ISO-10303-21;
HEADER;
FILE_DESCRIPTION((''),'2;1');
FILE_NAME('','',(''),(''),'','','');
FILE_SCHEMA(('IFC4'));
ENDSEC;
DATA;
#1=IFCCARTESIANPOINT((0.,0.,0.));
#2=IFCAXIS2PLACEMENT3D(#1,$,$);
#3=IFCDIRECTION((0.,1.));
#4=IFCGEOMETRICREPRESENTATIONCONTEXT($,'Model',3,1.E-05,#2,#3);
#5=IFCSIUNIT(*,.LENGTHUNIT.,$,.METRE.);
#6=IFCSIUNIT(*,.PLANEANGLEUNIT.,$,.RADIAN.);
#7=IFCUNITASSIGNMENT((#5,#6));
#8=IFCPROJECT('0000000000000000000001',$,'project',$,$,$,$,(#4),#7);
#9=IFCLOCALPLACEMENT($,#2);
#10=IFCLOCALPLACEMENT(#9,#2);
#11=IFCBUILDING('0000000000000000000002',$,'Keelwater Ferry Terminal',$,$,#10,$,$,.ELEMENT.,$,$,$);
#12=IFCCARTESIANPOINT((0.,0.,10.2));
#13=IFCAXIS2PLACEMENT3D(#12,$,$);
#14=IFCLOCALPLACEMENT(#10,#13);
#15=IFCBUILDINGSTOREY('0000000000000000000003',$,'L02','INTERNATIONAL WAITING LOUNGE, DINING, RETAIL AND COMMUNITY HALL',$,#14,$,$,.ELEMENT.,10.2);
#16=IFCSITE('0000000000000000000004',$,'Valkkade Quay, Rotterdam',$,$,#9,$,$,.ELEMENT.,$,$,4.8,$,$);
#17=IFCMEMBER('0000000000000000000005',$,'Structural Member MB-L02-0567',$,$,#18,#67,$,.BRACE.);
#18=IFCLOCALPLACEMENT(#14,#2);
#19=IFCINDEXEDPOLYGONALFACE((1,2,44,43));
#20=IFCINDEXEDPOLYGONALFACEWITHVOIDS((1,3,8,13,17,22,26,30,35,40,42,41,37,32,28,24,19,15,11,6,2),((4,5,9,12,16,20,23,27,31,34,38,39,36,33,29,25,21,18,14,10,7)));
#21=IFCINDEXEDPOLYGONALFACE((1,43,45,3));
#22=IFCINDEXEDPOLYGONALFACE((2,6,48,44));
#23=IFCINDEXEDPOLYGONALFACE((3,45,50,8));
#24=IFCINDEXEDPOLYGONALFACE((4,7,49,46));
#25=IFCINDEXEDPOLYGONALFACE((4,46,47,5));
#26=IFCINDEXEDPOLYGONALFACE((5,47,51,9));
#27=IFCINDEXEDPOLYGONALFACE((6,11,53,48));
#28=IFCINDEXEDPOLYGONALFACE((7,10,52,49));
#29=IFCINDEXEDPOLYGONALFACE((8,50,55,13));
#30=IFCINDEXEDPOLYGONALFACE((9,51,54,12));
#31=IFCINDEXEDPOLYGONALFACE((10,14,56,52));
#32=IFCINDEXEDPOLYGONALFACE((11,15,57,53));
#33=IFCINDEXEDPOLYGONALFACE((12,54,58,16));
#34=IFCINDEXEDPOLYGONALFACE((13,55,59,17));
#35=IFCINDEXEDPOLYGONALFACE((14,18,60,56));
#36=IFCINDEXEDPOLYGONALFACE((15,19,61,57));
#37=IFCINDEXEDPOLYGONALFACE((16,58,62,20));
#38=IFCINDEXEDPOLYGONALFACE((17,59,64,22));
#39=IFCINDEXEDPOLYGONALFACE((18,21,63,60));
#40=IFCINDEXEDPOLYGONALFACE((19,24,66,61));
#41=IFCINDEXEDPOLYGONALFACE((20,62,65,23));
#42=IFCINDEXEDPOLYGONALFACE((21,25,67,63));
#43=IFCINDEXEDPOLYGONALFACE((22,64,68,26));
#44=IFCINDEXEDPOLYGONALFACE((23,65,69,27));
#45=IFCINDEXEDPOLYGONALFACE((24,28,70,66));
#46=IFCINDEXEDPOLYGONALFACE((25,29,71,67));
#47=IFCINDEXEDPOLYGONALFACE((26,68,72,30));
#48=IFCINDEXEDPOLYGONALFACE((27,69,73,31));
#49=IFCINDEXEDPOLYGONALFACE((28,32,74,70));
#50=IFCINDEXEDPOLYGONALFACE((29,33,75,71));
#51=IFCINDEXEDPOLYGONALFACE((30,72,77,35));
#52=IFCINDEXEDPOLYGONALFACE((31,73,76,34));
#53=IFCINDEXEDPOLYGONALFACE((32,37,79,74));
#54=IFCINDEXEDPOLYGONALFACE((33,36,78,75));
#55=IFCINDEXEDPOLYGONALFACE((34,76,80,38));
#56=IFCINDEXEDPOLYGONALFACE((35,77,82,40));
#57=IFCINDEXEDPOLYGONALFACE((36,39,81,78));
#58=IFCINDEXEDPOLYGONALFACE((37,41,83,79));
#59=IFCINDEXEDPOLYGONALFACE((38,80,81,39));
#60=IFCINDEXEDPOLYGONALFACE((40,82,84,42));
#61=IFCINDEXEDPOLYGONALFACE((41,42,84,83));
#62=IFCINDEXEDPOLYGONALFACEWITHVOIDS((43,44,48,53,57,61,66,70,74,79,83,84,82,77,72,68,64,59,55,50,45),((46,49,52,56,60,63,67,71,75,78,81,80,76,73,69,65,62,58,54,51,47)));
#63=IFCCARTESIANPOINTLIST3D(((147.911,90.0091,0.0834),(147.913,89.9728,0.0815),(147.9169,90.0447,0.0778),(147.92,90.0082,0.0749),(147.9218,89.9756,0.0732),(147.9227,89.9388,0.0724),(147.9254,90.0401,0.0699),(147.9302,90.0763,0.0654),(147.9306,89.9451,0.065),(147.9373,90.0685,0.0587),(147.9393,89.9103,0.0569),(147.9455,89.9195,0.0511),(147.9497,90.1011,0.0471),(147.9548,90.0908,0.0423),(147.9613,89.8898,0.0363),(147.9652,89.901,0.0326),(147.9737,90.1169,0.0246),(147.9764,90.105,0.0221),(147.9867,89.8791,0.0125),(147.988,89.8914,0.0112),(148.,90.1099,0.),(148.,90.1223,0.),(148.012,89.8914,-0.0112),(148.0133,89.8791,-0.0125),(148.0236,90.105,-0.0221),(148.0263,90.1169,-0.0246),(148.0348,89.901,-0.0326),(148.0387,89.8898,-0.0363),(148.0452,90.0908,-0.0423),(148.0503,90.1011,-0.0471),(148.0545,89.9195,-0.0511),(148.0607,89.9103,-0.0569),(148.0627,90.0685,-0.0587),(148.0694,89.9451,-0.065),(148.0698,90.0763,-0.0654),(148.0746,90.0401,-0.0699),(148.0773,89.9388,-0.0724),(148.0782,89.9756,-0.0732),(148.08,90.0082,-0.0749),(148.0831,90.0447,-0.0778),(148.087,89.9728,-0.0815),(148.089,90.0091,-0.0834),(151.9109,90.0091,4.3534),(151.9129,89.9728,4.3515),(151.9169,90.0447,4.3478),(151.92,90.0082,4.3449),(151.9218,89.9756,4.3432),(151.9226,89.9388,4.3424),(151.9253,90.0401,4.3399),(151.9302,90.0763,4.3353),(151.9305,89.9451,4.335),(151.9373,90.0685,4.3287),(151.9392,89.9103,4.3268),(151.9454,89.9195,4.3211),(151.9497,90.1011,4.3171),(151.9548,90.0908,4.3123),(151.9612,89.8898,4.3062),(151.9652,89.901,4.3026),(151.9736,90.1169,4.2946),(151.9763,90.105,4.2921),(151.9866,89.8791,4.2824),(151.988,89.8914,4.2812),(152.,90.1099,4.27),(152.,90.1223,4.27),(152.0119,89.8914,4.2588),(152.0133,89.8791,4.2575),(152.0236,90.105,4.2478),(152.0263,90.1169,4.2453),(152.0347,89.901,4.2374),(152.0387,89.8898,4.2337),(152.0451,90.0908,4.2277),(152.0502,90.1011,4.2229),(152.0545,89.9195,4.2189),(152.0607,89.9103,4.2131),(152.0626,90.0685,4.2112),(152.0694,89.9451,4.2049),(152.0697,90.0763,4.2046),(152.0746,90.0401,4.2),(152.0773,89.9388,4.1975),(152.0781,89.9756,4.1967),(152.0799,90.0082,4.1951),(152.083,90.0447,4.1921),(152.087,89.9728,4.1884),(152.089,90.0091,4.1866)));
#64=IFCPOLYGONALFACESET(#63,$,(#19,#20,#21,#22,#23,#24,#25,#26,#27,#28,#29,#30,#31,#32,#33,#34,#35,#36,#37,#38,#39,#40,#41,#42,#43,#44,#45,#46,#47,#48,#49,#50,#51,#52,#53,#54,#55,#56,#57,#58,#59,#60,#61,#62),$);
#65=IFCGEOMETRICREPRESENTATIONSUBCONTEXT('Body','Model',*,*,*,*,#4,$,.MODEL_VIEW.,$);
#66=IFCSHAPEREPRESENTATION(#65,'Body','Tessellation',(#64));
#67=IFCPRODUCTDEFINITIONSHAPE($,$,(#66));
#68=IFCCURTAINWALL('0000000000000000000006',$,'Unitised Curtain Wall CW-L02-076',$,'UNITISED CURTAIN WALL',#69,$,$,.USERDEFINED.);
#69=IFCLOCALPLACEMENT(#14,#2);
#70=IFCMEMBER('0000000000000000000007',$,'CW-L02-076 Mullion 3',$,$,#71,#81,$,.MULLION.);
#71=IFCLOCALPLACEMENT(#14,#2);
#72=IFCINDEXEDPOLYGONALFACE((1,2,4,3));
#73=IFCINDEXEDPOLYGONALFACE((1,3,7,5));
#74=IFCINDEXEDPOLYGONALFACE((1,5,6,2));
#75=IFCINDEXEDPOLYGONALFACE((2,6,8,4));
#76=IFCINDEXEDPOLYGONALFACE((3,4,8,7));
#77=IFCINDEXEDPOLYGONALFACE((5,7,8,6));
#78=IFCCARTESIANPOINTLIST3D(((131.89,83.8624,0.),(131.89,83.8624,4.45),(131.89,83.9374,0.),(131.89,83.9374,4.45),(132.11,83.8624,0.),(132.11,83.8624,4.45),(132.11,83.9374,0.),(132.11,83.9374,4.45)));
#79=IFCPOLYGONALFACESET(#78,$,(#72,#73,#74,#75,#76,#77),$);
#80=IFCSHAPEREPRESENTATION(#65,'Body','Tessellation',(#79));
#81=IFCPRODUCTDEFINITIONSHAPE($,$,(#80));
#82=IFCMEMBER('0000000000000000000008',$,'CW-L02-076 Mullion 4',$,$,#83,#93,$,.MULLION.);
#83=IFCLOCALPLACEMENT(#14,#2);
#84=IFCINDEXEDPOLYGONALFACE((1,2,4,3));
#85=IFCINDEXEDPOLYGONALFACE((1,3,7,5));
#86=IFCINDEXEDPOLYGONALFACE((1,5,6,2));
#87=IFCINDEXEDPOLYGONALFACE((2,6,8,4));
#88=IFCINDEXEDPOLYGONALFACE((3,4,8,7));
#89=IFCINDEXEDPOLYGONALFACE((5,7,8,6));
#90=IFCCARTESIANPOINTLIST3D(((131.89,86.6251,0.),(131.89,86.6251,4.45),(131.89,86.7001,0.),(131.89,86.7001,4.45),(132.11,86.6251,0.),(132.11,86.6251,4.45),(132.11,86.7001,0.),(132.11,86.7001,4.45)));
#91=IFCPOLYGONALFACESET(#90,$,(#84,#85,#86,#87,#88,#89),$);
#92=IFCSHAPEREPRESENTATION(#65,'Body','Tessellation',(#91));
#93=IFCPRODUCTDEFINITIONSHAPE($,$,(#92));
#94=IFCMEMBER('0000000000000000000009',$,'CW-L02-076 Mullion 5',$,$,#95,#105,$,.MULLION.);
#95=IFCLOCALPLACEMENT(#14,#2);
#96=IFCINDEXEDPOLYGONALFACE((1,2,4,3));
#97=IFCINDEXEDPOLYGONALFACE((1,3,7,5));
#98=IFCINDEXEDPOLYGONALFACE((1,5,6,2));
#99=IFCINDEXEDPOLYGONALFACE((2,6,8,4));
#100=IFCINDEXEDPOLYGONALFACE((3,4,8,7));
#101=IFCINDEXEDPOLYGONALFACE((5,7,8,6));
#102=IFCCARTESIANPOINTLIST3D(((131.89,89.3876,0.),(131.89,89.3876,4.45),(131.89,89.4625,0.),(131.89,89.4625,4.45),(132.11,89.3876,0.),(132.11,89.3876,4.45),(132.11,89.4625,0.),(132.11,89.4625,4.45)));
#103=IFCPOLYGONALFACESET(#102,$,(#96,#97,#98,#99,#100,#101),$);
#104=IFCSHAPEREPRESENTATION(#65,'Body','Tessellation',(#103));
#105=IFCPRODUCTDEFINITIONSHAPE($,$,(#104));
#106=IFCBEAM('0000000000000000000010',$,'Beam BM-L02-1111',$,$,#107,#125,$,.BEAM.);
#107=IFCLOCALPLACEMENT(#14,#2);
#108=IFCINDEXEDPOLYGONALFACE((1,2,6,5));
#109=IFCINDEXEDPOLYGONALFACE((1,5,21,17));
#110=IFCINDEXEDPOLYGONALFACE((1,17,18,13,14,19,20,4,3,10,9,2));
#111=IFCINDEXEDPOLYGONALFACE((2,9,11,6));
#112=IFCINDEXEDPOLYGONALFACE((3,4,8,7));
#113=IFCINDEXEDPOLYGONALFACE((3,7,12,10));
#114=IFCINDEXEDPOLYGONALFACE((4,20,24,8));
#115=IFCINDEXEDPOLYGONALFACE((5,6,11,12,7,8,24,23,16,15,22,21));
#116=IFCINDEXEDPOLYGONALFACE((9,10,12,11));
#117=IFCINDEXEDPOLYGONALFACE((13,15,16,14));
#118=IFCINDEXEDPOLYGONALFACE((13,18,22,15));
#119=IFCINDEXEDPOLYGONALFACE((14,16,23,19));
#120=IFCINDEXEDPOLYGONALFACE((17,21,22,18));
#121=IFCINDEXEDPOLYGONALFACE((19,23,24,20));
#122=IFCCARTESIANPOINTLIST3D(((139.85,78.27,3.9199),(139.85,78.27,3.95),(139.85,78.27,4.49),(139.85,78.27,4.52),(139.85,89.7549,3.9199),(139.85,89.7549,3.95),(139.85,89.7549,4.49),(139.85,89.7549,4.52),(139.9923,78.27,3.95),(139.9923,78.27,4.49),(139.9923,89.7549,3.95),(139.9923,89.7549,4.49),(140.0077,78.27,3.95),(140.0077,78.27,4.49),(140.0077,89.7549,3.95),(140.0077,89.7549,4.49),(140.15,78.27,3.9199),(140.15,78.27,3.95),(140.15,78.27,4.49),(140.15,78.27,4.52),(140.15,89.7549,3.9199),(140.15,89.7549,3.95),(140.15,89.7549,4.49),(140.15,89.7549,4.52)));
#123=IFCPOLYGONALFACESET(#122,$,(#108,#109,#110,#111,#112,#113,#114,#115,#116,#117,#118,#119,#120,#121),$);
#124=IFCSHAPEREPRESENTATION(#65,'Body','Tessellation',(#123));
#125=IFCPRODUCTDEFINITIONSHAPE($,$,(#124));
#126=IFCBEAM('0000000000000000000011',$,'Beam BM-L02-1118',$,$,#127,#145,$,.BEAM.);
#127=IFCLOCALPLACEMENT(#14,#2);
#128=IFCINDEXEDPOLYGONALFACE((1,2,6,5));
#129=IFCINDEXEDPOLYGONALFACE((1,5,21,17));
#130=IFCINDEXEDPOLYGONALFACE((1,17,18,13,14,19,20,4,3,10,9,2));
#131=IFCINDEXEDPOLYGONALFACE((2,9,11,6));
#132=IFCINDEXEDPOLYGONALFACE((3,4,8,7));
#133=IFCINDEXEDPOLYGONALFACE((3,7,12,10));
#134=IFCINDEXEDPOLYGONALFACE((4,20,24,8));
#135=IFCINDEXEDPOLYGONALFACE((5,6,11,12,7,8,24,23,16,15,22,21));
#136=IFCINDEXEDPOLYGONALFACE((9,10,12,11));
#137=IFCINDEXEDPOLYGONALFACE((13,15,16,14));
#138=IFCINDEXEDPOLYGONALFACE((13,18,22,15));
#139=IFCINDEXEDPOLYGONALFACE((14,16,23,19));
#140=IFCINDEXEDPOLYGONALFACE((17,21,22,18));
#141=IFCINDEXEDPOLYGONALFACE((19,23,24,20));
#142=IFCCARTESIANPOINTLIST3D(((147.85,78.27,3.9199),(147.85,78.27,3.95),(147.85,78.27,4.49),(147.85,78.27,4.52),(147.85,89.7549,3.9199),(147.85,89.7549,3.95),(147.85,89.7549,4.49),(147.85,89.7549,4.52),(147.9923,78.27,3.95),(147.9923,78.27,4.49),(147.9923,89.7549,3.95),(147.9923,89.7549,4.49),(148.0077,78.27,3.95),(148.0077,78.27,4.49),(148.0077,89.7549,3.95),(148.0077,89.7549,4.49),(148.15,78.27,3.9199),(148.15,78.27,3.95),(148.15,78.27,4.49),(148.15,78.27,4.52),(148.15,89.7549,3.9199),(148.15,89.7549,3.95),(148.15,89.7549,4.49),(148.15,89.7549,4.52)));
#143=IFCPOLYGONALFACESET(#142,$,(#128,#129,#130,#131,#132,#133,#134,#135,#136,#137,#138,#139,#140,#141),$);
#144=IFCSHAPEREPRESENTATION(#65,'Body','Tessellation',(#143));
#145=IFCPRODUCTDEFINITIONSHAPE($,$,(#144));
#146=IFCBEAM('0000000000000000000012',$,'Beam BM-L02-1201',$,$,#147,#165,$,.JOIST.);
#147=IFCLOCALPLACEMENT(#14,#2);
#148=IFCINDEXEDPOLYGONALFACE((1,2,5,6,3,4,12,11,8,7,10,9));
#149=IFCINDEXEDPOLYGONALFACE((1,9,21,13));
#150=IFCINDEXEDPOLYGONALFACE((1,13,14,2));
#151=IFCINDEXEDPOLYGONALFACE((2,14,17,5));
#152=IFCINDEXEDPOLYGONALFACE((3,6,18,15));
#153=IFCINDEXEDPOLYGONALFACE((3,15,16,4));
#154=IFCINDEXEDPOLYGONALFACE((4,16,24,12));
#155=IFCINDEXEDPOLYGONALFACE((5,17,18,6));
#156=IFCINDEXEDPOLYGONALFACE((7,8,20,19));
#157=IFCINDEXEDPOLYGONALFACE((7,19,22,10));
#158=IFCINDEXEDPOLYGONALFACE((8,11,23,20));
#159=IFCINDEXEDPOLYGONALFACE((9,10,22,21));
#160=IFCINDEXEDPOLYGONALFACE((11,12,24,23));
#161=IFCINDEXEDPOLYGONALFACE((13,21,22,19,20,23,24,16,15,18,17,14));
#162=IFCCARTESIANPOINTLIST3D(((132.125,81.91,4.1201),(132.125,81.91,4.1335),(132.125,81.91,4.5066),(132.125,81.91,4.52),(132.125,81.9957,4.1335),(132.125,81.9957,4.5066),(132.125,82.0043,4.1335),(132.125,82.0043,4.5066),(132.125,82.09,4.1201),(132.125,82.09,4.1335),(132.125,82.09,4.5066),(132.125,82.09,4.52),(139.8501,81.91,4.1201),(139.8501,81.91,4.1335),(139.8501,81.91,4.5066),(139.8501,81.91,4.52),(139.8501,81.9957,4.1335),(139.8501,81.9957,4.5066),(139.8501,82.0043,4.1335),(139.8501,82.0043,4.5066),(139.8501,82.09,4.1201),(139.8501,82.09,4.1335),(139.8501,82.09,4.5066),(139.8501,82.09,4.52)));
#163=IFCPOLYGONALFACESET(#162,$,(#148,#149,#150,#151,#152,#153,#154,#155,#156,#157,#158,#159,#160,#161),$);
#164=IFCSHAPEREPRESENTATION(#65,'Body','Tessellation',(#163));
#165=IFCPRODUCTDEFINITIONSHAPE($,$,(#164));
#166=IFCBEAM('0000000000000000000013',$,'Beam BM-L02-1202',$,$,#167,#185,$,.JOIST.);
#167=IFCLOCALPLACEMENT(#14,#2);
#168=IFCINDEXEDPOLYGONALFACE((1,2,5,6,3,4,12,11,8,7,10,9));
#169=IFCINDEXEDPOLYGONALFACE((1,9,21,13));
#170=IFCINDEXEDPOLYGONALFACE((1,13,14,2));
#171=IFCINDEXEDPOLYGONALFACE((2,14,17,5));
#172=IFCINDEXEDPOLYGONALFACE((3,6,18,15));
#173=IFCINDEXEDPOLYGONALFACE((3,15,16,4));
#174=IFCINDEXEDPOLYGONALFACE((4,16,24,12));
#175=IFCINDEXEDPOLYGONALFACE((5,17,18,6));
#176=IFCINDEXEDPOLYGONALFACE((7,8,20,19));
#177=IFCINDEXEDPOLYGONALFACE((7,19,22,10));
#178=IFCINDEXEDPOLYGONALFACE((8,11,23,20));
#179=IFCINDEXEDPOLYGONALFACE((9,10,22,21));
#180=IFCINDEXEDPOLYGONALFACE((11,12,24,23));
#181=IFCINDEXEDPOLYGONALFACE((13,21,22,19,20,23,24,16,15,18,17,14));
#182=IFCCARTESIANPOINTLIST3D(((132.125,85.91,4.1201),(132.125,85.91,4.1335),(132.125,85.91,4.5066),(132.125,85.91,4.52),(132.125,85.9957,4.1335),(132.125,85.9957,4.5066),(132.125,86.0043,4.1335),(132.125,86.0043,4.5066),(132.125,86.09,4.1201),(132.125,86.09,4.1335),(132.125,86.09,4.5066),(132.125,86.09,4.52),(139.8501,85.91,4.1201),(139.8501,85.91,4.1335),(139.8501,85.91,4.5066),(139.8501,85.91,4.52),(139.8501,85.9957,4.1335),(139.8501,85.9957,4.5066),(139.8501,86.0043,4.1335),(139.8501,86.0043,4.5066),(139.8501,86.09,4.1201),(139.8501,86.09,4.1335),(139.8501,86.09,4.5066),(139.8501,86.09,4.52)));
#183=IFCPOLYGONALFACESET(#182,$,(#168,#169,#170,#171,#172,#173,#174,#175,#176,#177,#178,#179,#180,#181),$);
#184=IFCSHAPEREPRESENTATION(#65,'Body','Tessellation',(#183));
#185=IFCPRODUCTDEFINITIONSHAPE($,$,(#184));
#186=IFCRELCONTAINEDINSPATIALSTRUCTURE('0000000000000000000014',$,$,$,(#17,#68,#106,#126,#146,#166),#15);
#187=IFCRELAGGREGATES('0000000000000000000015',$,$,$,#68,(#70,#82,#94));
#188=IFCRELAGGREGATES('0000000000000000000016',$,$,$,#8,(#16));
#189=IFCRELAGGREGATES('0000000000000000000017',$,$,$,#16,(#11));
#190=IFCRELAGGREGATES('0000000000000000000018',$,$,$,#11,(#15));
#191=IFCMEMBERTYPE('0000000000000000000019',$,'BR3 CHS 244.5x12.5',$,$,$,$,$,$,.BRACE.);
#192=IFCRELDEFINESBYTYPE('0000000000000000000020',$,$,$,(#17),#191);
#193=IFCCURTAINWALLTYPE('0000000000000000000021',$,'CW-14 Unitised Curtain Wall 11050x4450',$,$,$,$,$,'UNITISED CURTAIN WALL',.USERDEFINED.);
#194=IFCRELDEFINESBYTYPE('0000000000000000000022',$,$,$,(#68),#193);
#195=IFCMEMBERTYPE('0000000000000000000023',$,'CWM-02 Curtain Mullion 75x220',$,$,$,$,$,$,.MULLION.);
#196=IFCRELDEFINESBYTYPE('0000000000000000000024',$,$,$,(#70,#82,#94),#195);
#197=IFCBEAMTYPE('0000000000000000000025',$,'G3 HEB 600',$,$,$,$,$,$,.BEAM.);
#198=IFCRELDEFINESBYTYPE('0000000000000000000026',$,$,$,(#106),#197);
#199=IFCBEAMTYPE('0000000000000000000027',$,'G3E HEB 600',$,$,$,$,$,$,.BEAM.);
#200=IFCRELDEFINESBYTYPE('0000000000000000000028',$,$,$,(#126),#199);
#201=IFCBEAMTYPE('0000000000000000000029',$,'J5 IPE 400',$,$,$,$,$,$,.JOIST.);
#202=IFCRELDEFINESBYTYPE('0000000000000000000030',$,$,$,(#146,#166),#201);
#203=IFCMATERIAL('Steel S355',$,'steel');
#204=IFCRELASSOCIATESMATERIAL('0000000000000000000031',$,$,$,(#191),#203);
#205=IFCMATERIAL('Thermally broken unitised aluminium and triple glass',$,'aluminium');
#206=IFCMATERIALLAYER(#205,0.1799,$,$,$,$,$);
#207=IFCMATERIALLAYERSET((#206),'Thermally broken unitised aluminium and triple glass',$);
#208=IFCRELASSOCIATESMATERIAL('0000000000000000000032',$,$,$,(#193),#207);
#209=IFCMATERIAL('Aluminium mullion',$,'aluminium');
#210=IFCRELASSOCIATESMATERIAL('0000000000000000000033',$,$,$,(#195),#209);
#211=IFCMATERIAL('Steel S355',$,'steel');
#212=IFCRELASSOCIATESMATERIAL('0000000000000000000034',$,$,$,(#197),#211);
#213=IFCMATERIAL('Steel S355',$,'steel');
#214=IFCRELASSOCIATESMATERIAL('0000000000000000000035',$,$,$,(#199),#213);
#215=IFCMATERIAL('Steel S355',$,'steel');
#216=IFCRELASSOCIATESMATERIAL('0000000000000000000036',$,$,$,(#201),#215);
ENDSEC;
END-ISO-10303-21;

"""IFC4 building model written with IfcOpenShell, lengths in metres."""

from ifc_helpers import new_model, si_unit, direction, frame, origin, origin_2d, place, context, subcontext, project, spatial, rectangle, hollow_circle, i_section, extrude, material, layer, layer_set, material_profile, profile_set, type_object, element, aggregate, save


model = new_model("IFC4")

# Units and contexts
model_context = context("Model", 3, precision=1e-05, world=origin(), true_north=direction((0.0, 1.0)))
body_context = subcontext(model_context, "Body", "Model", "MODEL_VIEW")
ifc_project = project(units=[si_unit("LENGTHUNIT", "METRE"), si_unit("PLANEANGLEUNIT", "RADIAN")], contexts=[model_context])

# Site, building, storey
site_placement = place(None, origin())
site = spatial("IfcSite", under=ifc_project, at=site_placement, Name="Valkkade Quay, Rotterdam", CompositionType="ELEMENT", RefElevation=4.8)
building_placement = place(site_placement, origin())
building = spatial("IfcBuilding", under=site, at=building_placement, Name="Keelwater Ferry Terminal", CompositionType="ELEMENT")
storey_placement = place(building_placement, frame((0.0, 0.0, 10.2)))
storey = spatial("IfcBuildingStorey", under=building, at=storey_placement, Name="L02", Description="INTERNATIONAL WAITING LOUNGE, DINING, RETAIL AND COMMUNITY HALL", CompositionType="ELEMENT", Elevation=10.2)

# Member
ifc_material_1 = material(Name="Steel S355", Category="steel")
ifc_material_profile_1 = material_profile(ifc_material_1, hollow_circle(Radius=0.1223, WallThickness=0.0125, at=origin_2d()), Name="CHS 244.5x12.5")
ifc_profile_set_1 = profile_set([ifc_material_profile_1], Name="Steel S355")
member_type_1 = type_object("IfcMemberType", Name="BR3 CHS 244.5x12.5", PredefinedType="BRACE", material=ifc_profile_set_1)
member_1_placement = place(storey_placement, frame((148.0, 90.0, 0.0), z_axis=(0.683655, 0.0, 0.729805), x_axis=(0.0, 1.0, 0.0)))
element("IfcMember", 1, at=member_1_placement, inside=storey, type_object=member_type_1, Name="Structural Member MB-L02-0567", PredefinedType="BRACE", context=body_context, shape_type="SweptSolid", body=[
    extrude(hollow_circle(Radius=0.1223, WallThickness=0.0125, at=origin_2d()), origin(), (0.0, 0.0, 1.0), 5.8508),
])

# Curtain wall, members
ifc_material_2 = material(Name="Thermally broken unitised aluminium and triple glass", Category="aluminium")
ifc_layer_1 = layer(ifc_material_2, 0.1799)
ifc_layer_set_1 = layer_set([ifc_layer_1], Name="Thermally broken unitised aluminium and triple glass")
curtain_wall_type = type_object("IfcCurtainWallType", Name="CW-14 Unitised Curtain Wall 11050x4450", ElementType="UNITISED CURTAIN WALL", PredefinedType="USERDEFINED", material=ifc_layer_set_1)
curtain_wall_placement = place(storey_placement, origin())
curtain_wall = element("IfcCurtainWall", 2, at=curtain_wall_placement, inside=storey, type_object=curtain_wall_type, Name="Unitised Curtain Wall CW-L02-076", ObjectType="UNITISED CURTAIN WALL", PredefinedType="USERDEFINED")
ifc_material_3 = material(Name="Aluminium mullion", Category="aluminium")
ifc_material_profile_2 = material_profile(ifc_material_3, rectangle(XDim=0.075, YDim=0.22, at=origin_2d()), Name="CWM-02")
ifc_profile_set_2 = profile_set([ifc_material_profile_2], Name="Aluminium mullion")
member_type_2 = type_object("IfcMemberType", Name="CWM-02 Curtain Mullion 75x220", PredefinedType="MULLION", material=ifc_profile_set_2)
member_2_placement = place(storey_placement, frame((132.0, 83.8999, 0.0), z_axis=(0.0, 0.0, 1.0), x_axis=(0.0, 1.0, 0.0)))
member_2 = element("IfcMember", 3, at=member_2_placement, type_object=member_type_2, Name="CW-L02-076 Mullion 3", PredefinedType="MULLION", context=body_context, shape_type="SweptSolid", body=[
    extrude(rectangle(XDim=0.075, YDim=0.22, at=origin_2d()), origin(), (0.0, 0.0, 1.0), 4.45),
])
member_3_placement = place(storey_placement, frame((132.0, 86.6626, 0.0), z_axis=(0.0, 0.0, 1.0), x_axis=(0.0, 1.0, 0.0)))
member_3 = element("IfcMember", 4, at=member_3_placement, type_object=member_type_2, Name="CW-L02-076 Mullion 4", PredefinedType="MULLION", context=body_context, shape_type="SweptSolid", body=[
    extrude(rectangle(XDim=0.075, YDim=0.22, at=origin_2d()), origin(), (0.0, 0.0, 1.0), 4.45),
])
member_4_placement = place(storey_placement, frame((132.0, 89.425, 0.0), z_axis=(0.0, 0.0, 1.0), x_axis=(0.0, 1.0, 0.0)))
member_4 = element("IfcMember", 5, at=member_4_placement, type_object=member_type_2, Name="CW-L02-076 Mullion 5", PredefinedType="MULLION", context=body_context, shape_type="SweptSolid", body=[
    extrude(rectangle(XDim=0.075, YDim=0.22, at=origin_2d()), origin(), (0.0, 0.0, 1.0), 4.45),
])

# Beams
ifc_material_4 = material(Name="Steel S355", Category="steel")
ifc_material_profile_3 = material_profile(ifc_material_4, i_section(OverallWidth=0.3, OverallDepth=0.6001, WebThickness=0.0154, FlangeThickness=0.03, at=origin_2d()), Name="HEB 600")
ifc_profile_set_3 = profile_set([ifc_material_profile_3], Name="Steel S355")
beam_type_1 = type_object("IfcBeamType", Name="G3 HEB 600", PredefinedType="BEAM", material=ifc_profile_set_3)
beam_1_placement = place(storey_placement, frame((140.0, 78.27, 4.22), z_axis=(0.0, 1.0, 0.0), x_axis=(-1.0, 0.0, 0.0)))
element("IfcBeam", 6, at=beam_1_placement, inside=storey, type_object=beam_type_1, Name="Beam BM-L02-1111", PredefinedType="BEAM", context=body_context, shape_type="SweptSolid", body=[
    extrude(i_section(OverallWidth=0.3, OverallDepth=0.6001, WebThickness=0.0154, FlangeThickness=0.03, at=origin_2d()), origin(), (0.0, 0.0, 1.0), 11.4849),
])
ifc_material_5 = material(Name="Steel S355", Category="steel")
ifc_material_profile_4 = material_profile(ifc_material_5, i_section(OverallWidth=0.3, OverallDepth=0.6001, WebThickness=0.0154, FlangeThickness=0.03, at=origin_2d()), Name="HEB 600")
ifc_profile_set_4 = profile_set([ifc_material_profile_4], Name="Steel S355")
beam_type_2 = type_object("IfcBeamType", Name="G3E HEB 600", PredefinedType="BEAM", material=ifc_profile_set_4)
beam_2_placement = place(storey_placement, frame((148.0, 78.27, 4.22), z_axis=(0.0, 1.0, 0.0), x_axis=(-1.0, 0.0, 0.0)))
element("IfcBeam", 7, at=beam_2_placement, inside=storey, type_object=beam_type_2, Name="Beam BM-L02-1118", PredefinedType="BEAM", context=body_context, shape_type="SweptSolid", body=[
    extrude(i_section(OverallWidth=0.3, OverallDepth=0.6001, WebThickness=0.0154, FlangeThickness=0.03, at=origin_2d()), origin(), (0.0, 0.0, 1.0), 11.4849),
])
ifc_material_6 = material(Name="Steel S355", Category="steel")
ifc_material_profile_5 = material_profile(ifc_material_6, i_section(OverallWidth=0.1799, OverallDepth=0.3999, WebThickness=0.0085, FlangeThickness=0.0134, at=origin_2d()), Name="IPE 400")
ifc_profile_set_5 = profile_set([ifc_material_profile_5], Name="Steel S355")
beam_type_3 = type_object("IfcBeamType", Name="J5 IPE 400", PredefinedType="JOIST", material=ifc_profile_set_5)
for number, where, z_axis, x_axis, name in (
    (8, (132.125, 82.0, 4.3201), (1.0, 0.0, 0.0), (0.0, 1.0, 0.0), "Beam BM-L02-1201"),
    (9, (132.125, 86.0, 4.3201), (1.0, 0.0, 0.0), (0.0, 1.0, 0.0), "Beam BM-L02-1202"),
):
    element("IfcBeam", number, at=place(storey_placement, frame(where, z_axis=z_axis, x_axis=x_axis)), inside=storey, type_object=beam_type_3, Name=name, PredefinedType="JOIST", context=body_context, shape_type="SweptSolid", body=[
        extrude(i_section(OverallWidth=0.1799, OverallDepth=0.3999, WebThickness=0.0085, FlangeThickness=0.0134, at=origin_2d()), origin(), (0.0, 0.0, 1.0), 7.7251),
    ])

aggregate(curtain_wall, [member_2, member_3, member_4])

save(model, "model.ifc")
